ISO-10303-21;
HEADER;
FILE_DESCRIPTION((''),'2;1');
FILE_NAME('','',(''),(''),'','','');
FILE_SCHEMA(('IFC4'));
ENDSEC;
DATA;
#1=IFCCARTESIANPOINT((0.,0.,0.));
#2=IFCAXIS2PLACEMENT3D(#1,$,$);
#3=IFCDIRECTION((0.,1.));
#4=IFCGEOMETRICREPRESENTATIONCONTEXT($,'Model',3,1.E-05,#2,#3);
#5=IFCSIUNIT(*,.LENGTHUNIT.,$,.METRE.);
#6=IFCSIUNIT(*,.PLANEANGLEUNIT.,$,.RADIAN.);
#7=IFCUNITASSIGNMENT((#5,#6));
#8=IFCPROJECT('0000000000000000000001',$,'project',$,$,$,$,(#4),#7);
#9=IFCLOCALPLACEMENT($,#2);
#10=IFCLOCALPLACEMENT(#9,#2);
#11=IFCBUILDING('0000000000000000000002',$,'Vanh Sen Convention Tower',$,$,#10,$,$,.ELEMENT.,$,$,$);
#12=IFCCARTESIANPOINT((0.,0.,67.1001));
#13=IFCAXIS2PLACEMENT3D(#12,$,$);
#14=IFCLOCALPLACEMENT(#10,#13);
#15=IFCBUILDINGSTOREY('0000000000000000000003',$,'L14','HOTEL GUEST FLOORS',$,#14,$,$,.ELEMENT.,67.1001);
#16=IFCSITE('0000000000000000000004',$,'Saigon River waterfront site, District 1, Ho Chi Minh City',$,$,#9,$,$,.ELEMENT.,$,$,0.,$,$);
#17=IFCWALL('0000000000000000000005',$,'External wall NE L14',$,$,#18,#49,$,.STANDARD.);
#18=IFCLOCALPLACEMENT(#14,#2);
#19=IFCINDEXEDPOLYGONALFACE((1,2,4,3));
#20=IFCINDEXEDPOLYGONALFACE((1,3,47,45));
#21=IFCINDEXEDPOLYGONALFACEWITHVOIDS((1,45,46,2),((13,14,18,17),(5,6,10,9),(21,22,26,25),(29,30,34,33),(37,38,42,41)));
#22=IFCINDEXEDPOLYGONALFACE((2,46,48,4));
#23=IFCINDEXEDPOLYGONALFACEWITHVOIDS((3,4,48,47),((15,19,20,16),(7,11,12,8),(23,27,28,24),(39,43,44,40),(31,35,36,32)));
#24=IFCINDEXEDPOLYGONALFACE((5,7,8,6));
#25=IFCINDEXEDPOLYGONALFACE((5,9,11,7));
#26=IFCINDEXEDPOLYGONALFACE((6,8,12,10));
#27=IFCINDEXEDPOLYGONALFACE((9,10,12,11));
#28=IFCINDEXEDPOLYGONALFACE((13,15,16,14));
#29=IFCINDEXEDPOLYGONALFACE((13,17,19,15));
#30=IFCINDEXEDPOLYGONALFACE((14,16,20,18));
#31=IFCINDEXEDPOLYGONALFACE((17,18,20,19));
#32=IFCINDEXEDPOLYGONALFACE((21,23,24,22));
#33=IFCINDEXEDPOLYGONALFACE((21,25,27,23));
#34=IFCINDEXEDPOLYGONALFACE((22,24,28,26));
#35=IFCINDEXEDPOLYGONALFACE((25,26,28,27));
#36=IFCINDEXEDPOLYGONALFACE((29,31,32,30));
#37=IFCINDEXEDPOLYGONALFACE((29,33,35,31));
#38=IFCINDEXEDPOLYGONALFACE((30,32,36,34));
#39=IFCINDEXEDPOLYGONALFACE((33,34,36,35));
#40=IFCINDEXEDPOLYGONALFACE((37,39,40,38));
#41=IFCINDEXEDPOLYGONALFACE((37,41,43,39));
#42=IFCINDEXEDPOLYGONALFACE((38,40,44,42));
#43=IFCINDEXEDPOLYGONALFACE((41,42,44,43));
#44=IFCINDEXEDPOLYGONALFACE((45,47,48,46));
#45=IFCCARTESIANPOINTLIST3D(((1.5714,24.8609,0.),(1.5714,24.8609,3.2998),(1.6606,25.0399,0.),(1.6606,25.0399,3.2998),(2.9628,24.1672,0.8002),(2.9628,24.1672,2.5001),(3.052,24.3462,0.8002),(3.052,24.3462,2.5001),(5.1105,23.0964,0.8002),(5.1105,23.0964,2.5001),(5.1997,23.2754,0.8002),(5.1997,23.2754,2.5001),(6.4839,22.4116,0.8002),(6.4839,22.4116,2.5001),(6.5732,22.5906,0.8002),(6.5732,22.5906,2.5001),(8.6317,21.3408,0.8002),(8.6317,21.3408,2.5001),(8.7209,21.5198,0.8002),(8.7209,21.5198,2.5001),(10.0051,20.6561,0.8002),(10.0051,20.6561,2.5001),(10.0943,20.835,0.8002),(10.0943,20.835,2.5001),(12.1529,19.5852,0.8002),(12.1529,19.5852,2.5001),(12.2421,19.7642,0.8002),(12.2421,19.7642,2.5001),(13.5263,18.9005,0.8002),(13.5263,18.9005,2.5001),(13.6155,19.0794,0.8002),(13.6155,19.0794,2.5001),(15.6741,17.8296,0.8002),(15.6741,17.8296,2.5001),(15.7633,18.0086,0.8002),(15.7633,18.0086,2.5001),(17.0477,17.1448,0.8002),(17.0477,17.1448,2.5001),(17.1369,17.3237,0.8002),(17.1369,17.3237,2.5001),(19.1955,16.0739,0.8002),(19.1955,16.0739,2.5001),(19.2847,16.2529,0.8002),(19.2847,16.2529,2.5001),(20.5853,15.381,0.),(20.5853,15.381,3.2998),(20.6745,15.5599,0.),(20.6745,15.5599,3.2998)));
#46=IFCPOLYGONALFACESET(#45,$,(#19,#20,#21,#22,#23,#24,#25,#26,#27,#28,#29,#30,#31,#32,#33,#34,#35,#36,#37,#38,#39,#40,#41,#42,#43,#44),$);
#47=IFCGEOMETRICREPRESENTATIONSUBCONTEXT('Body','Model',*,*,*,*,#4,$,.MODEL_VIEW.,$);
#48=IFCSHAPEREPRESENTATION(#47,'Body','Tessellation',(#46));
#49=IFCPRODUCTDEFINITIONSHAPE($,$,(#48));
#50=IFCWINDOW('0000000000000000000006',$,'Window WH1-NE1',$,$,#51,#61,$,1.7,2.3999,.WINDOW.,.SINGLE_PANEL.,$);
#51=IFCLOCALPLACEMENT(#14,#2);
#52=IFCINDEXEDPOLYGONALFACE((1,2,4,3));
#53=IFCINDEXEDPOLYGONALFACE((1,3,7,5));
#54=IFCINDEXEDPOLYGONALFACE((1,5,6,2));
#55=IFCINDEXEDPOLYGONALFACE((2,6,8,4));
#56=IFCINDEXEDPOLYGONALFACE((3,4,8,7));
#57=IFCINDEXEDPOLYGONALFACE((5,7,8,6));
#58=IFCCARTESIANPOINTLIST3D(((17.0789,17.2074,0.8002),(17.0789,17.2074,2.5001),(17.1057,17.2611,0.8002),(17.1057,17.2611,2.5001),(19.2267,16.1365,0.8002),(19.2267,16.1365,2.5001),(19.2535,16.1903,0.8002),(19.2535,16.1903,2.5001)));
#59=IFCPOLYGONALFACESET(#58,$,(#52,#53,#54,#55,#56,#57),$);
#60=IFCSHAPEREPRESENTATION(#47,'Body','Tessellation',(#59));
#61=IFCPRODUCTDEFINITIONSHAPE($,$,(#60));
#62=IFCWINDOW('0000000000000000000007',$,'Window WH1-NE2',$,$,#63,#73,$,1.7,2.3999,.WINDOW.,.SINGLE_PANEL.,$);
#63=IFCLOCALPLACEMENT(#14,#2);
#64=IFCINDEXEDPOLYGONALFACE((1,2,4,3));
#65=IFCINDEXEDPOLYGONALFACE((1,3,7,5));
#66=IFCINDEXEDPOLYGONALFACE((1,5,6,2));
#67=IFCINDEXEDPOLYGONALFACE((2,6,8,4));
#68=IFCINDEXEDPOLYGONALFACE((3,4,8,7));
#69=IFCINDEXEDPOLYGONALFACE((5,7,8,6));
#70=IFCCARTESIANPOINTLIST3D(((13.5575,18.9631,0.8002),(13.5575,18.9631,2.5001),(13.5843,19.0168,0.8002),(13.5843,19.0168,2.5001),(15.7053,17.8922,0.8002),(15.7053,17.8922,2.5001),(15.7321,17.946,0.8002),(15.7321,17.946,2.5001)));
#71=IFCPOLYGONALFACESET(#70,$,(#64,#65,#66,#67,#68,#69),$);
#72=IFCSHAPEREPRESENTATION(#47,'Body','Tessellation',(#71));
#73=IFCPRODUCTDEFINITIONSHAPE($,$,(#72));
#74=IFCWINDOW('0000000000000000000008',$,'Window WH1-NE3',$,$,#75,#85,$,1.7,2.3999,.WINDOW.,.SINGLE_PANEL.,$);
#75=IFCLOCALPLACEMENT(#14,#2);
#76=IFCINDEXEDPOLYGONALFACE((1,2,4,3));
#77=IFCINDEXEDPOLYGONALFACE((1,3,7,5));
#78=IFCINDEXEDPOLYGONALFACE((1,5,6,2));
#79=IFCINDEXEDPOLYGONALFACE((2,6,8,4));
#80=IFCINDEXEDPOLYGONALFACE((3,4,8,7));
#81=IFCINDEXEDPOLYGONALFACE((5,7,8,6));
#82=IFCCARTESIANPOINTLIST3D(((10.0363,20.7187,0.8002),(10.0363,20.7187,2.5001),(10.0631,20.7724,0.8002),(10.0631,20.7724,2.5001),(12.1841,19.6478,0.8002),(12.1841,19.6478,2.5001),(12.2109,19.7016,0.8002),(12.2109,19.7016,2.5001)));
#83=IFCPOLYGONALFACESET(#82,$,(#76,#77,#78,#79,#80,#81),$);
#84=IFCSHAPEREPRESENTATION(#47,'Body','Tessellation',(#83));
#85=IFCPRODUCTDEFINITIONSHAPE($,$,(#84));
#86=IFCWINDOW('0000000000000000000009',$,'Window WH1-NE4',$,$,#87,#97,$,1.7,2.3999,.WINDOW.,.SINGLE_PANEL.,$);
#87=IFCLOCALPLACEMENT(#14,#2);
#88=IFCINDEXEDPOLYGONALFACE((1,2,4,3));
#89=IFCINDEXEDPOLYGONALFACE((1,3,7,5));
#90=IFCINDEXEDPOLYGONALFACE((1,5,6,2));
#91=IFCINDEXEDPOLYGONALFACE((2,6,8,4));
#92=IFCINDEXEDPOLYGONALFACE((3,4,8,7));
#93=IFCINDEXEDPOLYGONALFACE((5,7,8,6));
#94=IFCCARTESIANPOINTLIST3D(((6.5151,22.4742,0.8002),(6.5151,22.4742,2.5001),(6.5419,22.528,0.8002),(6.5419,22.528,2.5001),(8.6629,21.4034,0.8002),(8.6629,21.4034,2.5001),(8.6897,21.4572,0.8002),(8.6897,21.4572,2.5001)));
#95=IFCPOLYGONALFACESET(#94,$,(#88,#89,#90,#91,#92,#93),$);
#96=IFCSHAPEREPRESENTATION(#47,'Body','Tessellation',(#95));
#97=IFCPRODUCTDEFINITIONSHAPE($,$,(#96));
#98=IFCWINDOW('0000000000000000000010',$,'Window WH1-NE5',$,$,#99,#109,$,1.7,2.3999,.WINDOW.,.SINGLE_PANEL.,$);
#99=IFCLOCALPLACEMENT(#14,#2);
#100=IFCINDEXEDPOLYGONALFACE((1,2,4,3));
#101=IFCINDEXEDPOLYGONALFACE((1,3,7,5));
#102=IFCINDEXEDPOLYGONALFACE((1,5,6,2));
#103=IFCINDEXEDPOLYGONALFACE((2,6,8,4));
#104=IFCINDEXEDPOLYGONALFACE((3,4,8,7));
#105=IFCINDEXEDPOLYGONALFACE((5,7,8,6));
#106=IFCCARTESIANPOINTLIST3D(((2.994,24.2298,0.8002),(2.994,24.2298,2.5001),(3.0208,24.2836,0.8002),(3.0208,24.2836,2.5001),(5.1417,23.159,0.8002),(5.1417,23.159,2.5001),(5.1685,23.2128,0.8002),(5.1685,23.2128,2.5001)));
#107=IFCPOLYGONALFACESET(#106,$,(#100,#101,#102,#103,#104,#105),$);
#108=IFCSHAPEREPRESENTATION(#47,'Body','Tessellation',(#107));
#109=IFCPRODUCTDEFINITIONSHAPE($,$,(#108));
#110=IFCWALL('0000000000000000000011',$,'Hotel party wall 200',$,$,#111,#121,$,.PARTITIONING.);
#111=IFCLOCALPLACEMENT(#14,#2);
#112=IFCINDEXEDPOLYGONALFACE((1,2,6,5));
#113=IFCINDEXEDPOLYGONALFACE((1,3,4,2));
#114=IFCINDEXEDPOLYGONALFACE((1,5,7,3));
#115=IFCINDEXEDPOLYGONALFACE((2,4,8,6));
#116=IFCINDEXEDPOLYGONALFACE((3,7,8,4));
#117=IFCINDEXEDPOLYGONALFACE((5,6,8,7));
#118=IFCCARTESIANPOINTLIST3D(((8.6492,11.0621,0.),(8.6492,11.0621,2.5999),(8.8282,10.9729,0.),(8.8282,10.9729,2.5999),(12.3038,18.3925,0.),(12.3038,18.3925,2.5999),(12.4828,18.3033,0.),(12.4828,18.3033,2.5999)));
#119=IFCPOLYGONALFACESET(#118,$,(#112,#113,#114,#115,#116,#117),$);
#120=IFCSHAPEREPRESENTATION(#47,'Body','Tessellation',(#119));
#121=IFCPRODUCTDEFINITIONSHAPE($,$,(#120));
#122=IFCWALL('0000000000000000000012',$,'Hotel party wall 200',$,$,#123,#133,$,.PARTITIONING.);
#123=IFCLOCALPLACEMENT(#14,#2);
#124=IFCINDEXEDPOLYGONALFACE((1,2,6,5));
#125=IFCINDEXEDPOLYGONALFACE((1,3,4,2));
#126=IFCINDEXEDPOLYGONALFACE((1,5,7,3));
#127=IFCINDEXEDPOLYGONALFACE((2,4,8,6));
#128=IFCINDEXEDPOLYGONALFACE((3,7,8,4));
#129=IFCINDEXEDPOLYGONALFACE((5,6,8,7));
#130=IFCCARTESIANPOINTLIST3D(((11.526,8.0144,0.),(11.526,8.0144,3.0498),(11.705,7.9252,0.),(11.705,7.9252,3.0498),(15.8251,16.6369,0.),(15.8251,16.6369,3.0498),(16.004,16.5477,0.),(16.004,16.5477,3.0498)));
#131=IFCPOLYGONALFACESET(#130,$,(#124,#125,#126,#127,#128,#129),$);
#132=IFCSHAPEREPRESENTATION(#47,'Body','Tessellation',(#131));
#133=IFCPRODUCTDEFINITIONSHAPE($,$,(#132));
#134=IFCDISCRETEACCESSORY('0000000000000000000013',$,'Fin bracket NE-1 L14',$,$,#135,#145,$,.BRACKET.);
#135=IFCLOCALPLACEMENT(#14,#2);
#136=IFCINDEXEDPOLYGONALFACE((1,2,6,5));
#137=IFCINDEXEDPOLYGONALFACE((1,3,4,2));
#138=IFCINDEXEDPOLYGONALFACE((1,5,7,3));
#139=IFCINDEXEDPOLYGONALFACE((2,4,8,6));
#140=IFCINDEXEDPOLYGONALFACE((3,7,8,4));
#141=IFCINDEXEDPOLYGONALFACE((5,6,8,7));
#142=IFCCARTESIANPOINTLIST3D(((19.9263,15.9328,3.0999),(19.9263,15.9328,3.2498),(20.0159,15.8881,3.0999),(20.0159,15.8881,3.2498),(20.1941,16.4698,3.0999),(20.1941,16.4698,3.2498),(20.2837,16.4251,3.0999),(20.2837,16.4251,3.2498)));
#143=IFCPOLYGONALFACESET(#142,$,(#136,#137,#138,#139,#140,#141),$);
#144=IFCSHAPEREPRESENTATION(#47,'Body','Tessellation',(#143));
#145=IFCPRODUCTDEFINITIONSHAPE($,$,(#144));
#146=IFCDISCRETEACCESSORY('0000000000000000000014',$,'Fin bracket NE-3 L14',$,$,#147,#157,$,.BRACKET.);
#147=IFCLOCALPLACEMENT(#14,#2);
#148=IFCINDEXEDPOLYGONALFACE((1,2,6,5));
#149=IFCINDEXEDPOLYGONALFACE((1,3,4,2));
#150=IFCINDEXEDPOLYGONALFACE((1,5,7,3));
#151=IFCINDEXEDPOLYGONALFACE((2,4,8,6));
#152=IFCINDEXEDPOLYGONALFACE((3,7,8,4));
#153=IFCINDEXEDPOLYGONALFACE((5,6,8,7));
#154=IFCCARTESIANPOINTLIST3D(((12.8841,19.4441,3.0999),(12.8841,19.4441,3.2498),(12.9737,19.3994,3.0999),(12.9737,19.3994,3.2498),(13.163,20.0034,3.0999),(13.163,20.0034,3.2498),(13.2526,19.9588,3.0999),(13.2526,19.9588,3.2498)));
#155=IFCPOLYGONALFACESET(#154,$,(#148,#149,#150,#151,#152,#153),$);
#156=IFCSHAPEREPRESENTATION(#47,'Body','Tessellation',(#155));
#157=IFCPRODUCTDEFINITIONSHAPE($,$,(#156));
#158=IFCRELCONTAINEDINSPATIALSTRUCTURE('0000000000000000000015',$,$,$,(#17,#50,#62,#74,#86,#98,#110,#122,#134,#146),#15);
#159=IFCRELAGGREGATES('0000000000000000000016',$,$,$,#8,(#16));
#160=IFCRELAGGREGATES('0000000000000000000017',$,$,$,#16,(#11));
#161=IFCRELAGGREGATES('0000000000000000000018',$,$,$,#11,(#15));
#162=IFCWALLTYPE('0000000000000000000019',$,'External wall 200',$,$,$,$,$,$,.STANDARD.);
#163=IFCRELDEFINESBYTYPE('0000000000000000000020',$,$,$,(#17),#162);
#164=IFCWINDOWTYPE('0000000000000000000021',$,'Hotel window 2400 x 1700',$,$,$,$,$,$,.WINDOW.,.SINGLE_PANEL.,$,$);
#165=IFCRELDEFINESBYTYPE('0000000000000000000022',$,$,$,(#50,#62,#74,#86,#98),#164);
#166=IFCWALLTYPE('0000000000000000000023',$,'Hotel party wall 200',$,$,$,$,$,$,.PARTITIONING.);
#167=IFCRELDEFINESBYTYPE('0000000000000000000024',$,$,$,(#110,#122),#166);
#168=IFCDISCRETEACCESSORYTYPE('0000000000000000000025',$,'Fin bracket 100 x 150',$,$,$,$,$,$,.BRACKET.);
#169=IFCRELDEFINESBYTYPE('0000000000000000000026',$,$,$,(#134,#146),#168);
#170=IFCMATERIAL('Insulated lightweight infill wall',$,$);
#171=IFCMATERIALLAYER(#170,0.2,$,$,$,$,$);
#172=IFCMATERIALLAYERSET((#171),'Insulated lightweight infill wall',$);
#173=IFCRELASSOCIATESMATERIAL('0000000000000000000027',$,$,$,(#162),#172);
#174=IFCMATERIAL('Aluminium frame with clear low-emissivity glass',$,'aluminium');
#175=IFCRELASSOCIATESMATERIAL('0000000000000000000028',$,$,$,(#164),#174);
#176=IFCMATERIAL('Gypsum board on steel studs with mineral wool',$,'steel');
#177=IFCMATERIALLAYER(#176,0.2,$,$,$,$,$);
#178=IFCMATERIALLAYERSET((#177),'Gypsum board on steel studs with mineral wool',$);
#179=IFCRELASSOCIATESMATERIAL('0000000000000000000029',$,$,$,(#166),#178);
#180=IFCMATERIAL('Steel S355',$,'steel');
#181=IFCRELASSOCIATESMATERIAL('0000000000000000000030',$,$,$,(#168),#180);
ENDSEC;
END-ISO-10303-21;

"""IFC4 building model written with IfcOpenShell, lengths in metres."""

from ifc_helpers import new_model, si_unit, direction, frame, frame_2d, origin, origin_2d, place, context, subcontext, project, spatial, rectangle, extrude, material, layer, layer_set, type_object, element, fill, save


model = new_model("IFC4")

# Units and contexts
model_context = context("Model", 3, precision=1e-05, world=origin(), true_north=direction((0.0, 1.0)))
body_context = subcontext(model_context, "Body", "Model", "MODEL_VIEW")
ifc_project = project(units=[si_unit("LENGTHUNIT", "METRE"), si_unit("PLANEANGLEUNIT", "RADIAN")], contexts=[model_context])

# Site, building, storey
site_placement = place(None, origin())
site = spatial("IfcSite", under=ifc_project, at=site_placement, Name="Saigon River waterfront site, District 1, Ho Chi Minh City", CompositionType="ELEMENT", RefElevation=0.0)
building_placement = place(site_placement, origin())
building = spatial("IfcBuilding", under=site, at=building_placement, Name="Vanh Sen Convention Tower", CompositionType="ELEMENT")
storey_placement = place(building_placement, frame((0.0, 0.0, 67.1001)))
storey = spatial("IfcBuildingStorey", under=building, at=storey_placement, Name="L14", Description="HOTEL GUEST FLOORS", CompositionType="ELEMENT", Elevation=67.1001)

# Wall, openings, windows
ifc_material_1 = material(Name="Insulated lightweight infill wall")
ifc_layer_1 = layer(ifc_material_1, 0.2)
ifc_layer_set_1 = layer_set([ifc_layer_1], Name="Insulated lightweight infill wall")
wall_type_1 = type_object("IfcWallType", Name="External wall 200", PredefinedType="STANDARD", material=ifc_layer_set_1)
wall_1_placement = place(storey_placement, frame((20.6299, 15.4705, 0.0), z_axis=(0.0, 0.0, 1.0), x_axis=(-0.894935, 0.446197, 0.0)))
wall_1 = element("IfcWall", 1, at=wall_1_placement, inside=storey, type_object=wall_type_1, Name="External wall NE L14", PredefinedType="STANDARD", context=body_context, shape_type="SweptSolid", body=[
    extrude(rectangle(XDim=21.2461, YDim=0.2, at=frame_2d((10.623, 0.0))), origin(), (0.0, 0.0, 1.0), 3.2998),
])
opening_1_placement = place(wall_1_placement, frame((1.553, 0.0, 0.8)))
opening_1 = element("IfcOpeningElement", 2, at=opening_1_placement, cuts=wall_1, PredefinedType="OPENING", context=body_context, shape_type="SweptSolid", body=[
    extrude(rectangle(XDim=2.3999, YDim=1.7, at=frame_2d((1.2, 0.8501))), frame((0.0, 0.1099, 0.0), z_axis=(0.0, -1.0, 0.0), x_axis=(1.0, 0.0, 0.0)), (0.0, 0.0, 1.0), 0.22),
])
opening_2_placement = place(wall_1_placement, frame((5.4878, 0.0, 0.8)))
opening_2 = element("IfcOpeningElement", 3, at=opening_2_placement, cuts=wall_1, PredefinedType="OPENING", context=body_context, shape_type="SweptSolid", body=[
    extrude(rectangle(XDim=2.3999, YDim=1.7, at=frame_2d((1.2, 0.8501))), frame((0.0, 0.1099, 0.0), z_axis=(0.0, -1.0, 0.0), x_axis=(1.0, 0.0, 0.0)), (0.0, 0.0, 1.0), 0.22),
])
opening_3_placement = place(wall_1_placement, frame((9.4224, 0.0, 0.8)))
opening_3 = element("IfcOpeningElement", 4, at=opening_3_placement, cuts=wall_1, PredefinedType="OPENING", context=body_context, shape_type="SweptSolid", body=[
    extrude(rectangle(XDim=2.3999, YDim=1.7, at=frame_2d((1.2, 0.8501))), frame((0.0, 0.1099, 0.0), z_axis=(0.0, -1.0, 0.0), x_axis=(1.0, 0.0, 0.0)), (0.0, 0.0, 1.0), 0.22),
])
opening_4_placement = place(wall_1_placement, frame((13.3569, 0.0, 0.8)))
opening_4 = element("IfcOpeningElement", 5, at=opening_4_placement, cuts=wall_1, PredefinedType="OPENING", context=body_context, shape_type="SweptSolid", body=[
    extrude(rectangle(XDim=2.3999, YDim=1.7, at=frame_2d((1.2, 0.8501))), frame((0.0, 0.1099, 0.0), z_axis=(0.0, -1.0, 0.0), x_axis=(1.0, 0.0, 0.0)), (0.0, 0.0, 1.0), 0.22),
])
opening_5_placement = place(wall_1_placement, frame((17.2915, 0.0, 0.8)))
opening_5 = element("IfcOpeningElement", 6, at=opening_5_placement, cuts=wall_1, PredefinedType="OPENING", context=body_context, shape_type="SweptSolid", body=[
    extrude(rectangle(XDim=2.3999, YDim=1.7, at=frame_2d((1.2, 0.8501))), frame((0.0, 0.1099, 0.0), z_axis=(0.0, -1.0, 0.0), x_axis=(1.0, 0.0, 0.0)), (0.0, 0.0, 1.0), 0.22),
])
ifc_material_2 = material(Name="Aluminium frame with clear low-emissivity glass", Category="aluminium")
window_type = type_object("IfcWindowType", Name="Hotel window 2400 x 1700", PartitioningType="SINGLE_PANEL", PredefinedType="WINDOW", material=ifc_material_2)
window_1_placement = place(opening_1_placement, origin())
window_1 = element("IfcWindow", 7, at=window_1_placement, inside=storey, type_object=window_type, Name="Window WH1-NE1", OverallHeight=1.7, OverallWidth=2.3999, PartitioningType="SINGLE_PANEL", PredefinedType="WINDOW", context=body_context, shape_type="SweptSolid", body=[
    extrude(rectangle(XDim=2.3999, YDim=1.7, at=frame_2d((1.2, 0.8501))), frame((0.0, 0.03, 0.0), z_axis=(0.0, -1.0, 0.0), x_axis=(1.0, 0.0, 0.0)), (0.0, 0.0, 1.0), 0.0601),
])
fill(opening_1, window_1)
window_2_placement = place(opening_2_placement, origin())
window_2 = element("IfcWindow", 8, at=window_2_placement, inside=storey, type_object=window_type, Name="Window WH1-NE2", OverallHeight=1.7, OverallWidth=2.3999, PartitioningType="SINGLE_PANEL", PredefinedType="WINDOW", context=body_context, shape_type="SweptSolid", body=[
    extrude(rectangle(XDim=2.3999, YDim=1.7, at=frame_2d((1.2, 0.8501))), frame((0.0, 0.03, 0.0), z_axis=(0.0, -1.0, 0.0), x_axis=(1.0, 0.0, 0.0)), (0.0, 0.0, 1.0), 0.0601),
])
fill(opening_2, window_2)
window_3_placement = place(opening_3_placement, origin())
window_3 = element("IfcWindow", 9, at=window_3_placement, inside=storey, type_object=window_type, Name="Window WH1-NE3", OverallHeight=1.7, OverallWidth=2.3999, PartitioningType="SINGLE_PANEL", PredefinedType="WINDOW", context=body_context, shape_type="SweptSolid", body=[
    extrude(rectangle(XDim=2.3999, YDim=1.7, at=frame_2d((1.2, 0.8501))), frame((0.0, 0.03, 0.0), z_axis=(0.0, -1.0, 0.0), x_axis=(1.0, 0.0, 0.0)), (0.0, 0.0, 1.0), 0.0601),
])
fill(opening_3, window_3)
window_4_placement = place(opening_4_placement, origin())
window_4 = element("IfcWindow", 10, at=window_4_placement, inside=storey, type_object=window_type, Name="Window WH1-NE4", OverallHeight=1.7, OverallWidth=2.3999, PartitioningType="SINGLE_PANEL", PredefinedType="WINDOW", context=body_context, shape_type="SweptSolid", body=[
    extrude(rectangle(XDim=2.3999, YDim=1.7, at=frame_2d((1.2, 0.8501))), frame((0.0, 0.03, 0.0), z_axis=(0.0, -1.0, 0.0), x_axis=(1.0, 0.0, 0.0)), (0.0, 0.0, 1.0), 0.0601),
])
fill(opening_4, window_4)
window_5_placement = place(opening_5_placement, origin())
window_5 = element("IfcWindow", 11, at=window_5_placement, inside=storey, type_object=window_type, Name="Window WH1-NE5", OverallHeight=1.7, OverallWidth=2.3999, PartitioningType="SINGLE_PANEL", PredefinedType="WINDOW", context=body_context, shape_type="SweptSolid", body=[
    extrude(rectangle(XDim=2.3999, YDim=1.7, at=frame_2d((1.2, 0.8501))), frame((0.0, 0.03, 0.0), z_axis=(0.0, -1.0, 0.0), x_axis=(1.0, 0.0, 0.0)), (0.0, 0.0, 1.0), 0.0601),
])
fill(opening_5, window_5)

# Walls
ifc_material_3 = material(Name="Gypsum board on steel studs with mineral wool", Category="steel")
ifc_layer_2 = layer(ifc_material_3, 0.2)
ifc_layer_set_2 = layer_set([ifc_layer_2], Name="Gypsum board on steel studs with mineral wool")
wall_type_2 = type_object("IfcWallType", Name="Hotel party wall 200", PredefinedType="PARTITIONING", material=ifc_layer_set_2)
wall_2_placement = place(storey_placement, frame((12.3933, 18.3479, 0.0), z_axis=(0.0, 0.0, 1.0), x_axis=(-0.446176, -0.894945, 0.0)))
element("IfcWall", 12, at=wall_2_placement, inside=storey, type_object=wall_type_2, Name="Hotel party wall 200", PredefinedType="PARTITIONING", context=body_context, shape_type="SweptSolid", body=[
    extrude(rectangle(XDim=8.1909, YDim=0.2, at=frame_2d((4.0955, 0.0))), origin(), (0.0, 0.0, 1.0), 2.5999),
])
wall_3_placement = place(storey_placement, frame((15.9146, 16.5923, 0.0), z_axis=(0.0, 0.0, 1.0), x_axis=(-0.4462, -0.894933, 0.0)))
element("IfcWall", 13, at=wall_3_placement, inside=storey, type_object=wall_type_2, Name="Hotel party wall 200", PredefinedType="PARTITIONING", context=body_context, shape_type="SweptSolid", body=[
    extrude(rectangle(XDim=9.6348, YDim=0.2, at=frame_2d((4.8174, 0.0))), origin(), (0.0, 0.0, 1.0), 3.0498),
])

# Discrete accessories
ifc_material_4 = material(Name="Steel S355", Category="steel")
discrete_accessory_type = type_object("IfcDiscreteAccessoryType", Name="Fin bracket 100 x 150", PredefinedType="BRACKET", material=ifc_material_4)
discrete_accessory_1_placement = place(storey_placement, frame((20.105, 16.179, 3.0999), z_axis=(0.0, 0.0, 1.0), x_axis=(0.446198, 0.894934, 0.0)))
element("IfcDiscreteAccessory", 14, at=discrete_accessory_1_placement, inside=storey, type_object=discrete_accessory_type, Name="Fin bracket NE-1 L14", PredefinedType="BRACKET", context=body_context, shape_type="SweptSolid", body=[
    extrude(rectangle(XDim=0.6001, YDim=0.1001, at=origin_2d()), origin(), (0.0, 0.0, 1.0), 0.1499),
])
discrete_accessory_2_placement = place(storey_placement, frame((13.0684, 19.7014, 3.0999), z_axis=(0.0, 0.0, 1.0), x_axis=(0.446198, 0.894934, 0.0)))
element("IfcDiscreteAccessory", 15, at=discrete_accessory_2_placement, inside=storey, type_object=discrete_accessory_type, Name="Fin bracket NE-3 L14", PredefinedType="BRACKET", context=body_context, shape_type="SweptSolid", body=[
    extrude(rectangle(XDim=0.625, YDim=0.1001, at=origin_2d()), origin(), (0.0, 0.0, 1.0), 0.1499),
])

save(model, "model.ifc")
